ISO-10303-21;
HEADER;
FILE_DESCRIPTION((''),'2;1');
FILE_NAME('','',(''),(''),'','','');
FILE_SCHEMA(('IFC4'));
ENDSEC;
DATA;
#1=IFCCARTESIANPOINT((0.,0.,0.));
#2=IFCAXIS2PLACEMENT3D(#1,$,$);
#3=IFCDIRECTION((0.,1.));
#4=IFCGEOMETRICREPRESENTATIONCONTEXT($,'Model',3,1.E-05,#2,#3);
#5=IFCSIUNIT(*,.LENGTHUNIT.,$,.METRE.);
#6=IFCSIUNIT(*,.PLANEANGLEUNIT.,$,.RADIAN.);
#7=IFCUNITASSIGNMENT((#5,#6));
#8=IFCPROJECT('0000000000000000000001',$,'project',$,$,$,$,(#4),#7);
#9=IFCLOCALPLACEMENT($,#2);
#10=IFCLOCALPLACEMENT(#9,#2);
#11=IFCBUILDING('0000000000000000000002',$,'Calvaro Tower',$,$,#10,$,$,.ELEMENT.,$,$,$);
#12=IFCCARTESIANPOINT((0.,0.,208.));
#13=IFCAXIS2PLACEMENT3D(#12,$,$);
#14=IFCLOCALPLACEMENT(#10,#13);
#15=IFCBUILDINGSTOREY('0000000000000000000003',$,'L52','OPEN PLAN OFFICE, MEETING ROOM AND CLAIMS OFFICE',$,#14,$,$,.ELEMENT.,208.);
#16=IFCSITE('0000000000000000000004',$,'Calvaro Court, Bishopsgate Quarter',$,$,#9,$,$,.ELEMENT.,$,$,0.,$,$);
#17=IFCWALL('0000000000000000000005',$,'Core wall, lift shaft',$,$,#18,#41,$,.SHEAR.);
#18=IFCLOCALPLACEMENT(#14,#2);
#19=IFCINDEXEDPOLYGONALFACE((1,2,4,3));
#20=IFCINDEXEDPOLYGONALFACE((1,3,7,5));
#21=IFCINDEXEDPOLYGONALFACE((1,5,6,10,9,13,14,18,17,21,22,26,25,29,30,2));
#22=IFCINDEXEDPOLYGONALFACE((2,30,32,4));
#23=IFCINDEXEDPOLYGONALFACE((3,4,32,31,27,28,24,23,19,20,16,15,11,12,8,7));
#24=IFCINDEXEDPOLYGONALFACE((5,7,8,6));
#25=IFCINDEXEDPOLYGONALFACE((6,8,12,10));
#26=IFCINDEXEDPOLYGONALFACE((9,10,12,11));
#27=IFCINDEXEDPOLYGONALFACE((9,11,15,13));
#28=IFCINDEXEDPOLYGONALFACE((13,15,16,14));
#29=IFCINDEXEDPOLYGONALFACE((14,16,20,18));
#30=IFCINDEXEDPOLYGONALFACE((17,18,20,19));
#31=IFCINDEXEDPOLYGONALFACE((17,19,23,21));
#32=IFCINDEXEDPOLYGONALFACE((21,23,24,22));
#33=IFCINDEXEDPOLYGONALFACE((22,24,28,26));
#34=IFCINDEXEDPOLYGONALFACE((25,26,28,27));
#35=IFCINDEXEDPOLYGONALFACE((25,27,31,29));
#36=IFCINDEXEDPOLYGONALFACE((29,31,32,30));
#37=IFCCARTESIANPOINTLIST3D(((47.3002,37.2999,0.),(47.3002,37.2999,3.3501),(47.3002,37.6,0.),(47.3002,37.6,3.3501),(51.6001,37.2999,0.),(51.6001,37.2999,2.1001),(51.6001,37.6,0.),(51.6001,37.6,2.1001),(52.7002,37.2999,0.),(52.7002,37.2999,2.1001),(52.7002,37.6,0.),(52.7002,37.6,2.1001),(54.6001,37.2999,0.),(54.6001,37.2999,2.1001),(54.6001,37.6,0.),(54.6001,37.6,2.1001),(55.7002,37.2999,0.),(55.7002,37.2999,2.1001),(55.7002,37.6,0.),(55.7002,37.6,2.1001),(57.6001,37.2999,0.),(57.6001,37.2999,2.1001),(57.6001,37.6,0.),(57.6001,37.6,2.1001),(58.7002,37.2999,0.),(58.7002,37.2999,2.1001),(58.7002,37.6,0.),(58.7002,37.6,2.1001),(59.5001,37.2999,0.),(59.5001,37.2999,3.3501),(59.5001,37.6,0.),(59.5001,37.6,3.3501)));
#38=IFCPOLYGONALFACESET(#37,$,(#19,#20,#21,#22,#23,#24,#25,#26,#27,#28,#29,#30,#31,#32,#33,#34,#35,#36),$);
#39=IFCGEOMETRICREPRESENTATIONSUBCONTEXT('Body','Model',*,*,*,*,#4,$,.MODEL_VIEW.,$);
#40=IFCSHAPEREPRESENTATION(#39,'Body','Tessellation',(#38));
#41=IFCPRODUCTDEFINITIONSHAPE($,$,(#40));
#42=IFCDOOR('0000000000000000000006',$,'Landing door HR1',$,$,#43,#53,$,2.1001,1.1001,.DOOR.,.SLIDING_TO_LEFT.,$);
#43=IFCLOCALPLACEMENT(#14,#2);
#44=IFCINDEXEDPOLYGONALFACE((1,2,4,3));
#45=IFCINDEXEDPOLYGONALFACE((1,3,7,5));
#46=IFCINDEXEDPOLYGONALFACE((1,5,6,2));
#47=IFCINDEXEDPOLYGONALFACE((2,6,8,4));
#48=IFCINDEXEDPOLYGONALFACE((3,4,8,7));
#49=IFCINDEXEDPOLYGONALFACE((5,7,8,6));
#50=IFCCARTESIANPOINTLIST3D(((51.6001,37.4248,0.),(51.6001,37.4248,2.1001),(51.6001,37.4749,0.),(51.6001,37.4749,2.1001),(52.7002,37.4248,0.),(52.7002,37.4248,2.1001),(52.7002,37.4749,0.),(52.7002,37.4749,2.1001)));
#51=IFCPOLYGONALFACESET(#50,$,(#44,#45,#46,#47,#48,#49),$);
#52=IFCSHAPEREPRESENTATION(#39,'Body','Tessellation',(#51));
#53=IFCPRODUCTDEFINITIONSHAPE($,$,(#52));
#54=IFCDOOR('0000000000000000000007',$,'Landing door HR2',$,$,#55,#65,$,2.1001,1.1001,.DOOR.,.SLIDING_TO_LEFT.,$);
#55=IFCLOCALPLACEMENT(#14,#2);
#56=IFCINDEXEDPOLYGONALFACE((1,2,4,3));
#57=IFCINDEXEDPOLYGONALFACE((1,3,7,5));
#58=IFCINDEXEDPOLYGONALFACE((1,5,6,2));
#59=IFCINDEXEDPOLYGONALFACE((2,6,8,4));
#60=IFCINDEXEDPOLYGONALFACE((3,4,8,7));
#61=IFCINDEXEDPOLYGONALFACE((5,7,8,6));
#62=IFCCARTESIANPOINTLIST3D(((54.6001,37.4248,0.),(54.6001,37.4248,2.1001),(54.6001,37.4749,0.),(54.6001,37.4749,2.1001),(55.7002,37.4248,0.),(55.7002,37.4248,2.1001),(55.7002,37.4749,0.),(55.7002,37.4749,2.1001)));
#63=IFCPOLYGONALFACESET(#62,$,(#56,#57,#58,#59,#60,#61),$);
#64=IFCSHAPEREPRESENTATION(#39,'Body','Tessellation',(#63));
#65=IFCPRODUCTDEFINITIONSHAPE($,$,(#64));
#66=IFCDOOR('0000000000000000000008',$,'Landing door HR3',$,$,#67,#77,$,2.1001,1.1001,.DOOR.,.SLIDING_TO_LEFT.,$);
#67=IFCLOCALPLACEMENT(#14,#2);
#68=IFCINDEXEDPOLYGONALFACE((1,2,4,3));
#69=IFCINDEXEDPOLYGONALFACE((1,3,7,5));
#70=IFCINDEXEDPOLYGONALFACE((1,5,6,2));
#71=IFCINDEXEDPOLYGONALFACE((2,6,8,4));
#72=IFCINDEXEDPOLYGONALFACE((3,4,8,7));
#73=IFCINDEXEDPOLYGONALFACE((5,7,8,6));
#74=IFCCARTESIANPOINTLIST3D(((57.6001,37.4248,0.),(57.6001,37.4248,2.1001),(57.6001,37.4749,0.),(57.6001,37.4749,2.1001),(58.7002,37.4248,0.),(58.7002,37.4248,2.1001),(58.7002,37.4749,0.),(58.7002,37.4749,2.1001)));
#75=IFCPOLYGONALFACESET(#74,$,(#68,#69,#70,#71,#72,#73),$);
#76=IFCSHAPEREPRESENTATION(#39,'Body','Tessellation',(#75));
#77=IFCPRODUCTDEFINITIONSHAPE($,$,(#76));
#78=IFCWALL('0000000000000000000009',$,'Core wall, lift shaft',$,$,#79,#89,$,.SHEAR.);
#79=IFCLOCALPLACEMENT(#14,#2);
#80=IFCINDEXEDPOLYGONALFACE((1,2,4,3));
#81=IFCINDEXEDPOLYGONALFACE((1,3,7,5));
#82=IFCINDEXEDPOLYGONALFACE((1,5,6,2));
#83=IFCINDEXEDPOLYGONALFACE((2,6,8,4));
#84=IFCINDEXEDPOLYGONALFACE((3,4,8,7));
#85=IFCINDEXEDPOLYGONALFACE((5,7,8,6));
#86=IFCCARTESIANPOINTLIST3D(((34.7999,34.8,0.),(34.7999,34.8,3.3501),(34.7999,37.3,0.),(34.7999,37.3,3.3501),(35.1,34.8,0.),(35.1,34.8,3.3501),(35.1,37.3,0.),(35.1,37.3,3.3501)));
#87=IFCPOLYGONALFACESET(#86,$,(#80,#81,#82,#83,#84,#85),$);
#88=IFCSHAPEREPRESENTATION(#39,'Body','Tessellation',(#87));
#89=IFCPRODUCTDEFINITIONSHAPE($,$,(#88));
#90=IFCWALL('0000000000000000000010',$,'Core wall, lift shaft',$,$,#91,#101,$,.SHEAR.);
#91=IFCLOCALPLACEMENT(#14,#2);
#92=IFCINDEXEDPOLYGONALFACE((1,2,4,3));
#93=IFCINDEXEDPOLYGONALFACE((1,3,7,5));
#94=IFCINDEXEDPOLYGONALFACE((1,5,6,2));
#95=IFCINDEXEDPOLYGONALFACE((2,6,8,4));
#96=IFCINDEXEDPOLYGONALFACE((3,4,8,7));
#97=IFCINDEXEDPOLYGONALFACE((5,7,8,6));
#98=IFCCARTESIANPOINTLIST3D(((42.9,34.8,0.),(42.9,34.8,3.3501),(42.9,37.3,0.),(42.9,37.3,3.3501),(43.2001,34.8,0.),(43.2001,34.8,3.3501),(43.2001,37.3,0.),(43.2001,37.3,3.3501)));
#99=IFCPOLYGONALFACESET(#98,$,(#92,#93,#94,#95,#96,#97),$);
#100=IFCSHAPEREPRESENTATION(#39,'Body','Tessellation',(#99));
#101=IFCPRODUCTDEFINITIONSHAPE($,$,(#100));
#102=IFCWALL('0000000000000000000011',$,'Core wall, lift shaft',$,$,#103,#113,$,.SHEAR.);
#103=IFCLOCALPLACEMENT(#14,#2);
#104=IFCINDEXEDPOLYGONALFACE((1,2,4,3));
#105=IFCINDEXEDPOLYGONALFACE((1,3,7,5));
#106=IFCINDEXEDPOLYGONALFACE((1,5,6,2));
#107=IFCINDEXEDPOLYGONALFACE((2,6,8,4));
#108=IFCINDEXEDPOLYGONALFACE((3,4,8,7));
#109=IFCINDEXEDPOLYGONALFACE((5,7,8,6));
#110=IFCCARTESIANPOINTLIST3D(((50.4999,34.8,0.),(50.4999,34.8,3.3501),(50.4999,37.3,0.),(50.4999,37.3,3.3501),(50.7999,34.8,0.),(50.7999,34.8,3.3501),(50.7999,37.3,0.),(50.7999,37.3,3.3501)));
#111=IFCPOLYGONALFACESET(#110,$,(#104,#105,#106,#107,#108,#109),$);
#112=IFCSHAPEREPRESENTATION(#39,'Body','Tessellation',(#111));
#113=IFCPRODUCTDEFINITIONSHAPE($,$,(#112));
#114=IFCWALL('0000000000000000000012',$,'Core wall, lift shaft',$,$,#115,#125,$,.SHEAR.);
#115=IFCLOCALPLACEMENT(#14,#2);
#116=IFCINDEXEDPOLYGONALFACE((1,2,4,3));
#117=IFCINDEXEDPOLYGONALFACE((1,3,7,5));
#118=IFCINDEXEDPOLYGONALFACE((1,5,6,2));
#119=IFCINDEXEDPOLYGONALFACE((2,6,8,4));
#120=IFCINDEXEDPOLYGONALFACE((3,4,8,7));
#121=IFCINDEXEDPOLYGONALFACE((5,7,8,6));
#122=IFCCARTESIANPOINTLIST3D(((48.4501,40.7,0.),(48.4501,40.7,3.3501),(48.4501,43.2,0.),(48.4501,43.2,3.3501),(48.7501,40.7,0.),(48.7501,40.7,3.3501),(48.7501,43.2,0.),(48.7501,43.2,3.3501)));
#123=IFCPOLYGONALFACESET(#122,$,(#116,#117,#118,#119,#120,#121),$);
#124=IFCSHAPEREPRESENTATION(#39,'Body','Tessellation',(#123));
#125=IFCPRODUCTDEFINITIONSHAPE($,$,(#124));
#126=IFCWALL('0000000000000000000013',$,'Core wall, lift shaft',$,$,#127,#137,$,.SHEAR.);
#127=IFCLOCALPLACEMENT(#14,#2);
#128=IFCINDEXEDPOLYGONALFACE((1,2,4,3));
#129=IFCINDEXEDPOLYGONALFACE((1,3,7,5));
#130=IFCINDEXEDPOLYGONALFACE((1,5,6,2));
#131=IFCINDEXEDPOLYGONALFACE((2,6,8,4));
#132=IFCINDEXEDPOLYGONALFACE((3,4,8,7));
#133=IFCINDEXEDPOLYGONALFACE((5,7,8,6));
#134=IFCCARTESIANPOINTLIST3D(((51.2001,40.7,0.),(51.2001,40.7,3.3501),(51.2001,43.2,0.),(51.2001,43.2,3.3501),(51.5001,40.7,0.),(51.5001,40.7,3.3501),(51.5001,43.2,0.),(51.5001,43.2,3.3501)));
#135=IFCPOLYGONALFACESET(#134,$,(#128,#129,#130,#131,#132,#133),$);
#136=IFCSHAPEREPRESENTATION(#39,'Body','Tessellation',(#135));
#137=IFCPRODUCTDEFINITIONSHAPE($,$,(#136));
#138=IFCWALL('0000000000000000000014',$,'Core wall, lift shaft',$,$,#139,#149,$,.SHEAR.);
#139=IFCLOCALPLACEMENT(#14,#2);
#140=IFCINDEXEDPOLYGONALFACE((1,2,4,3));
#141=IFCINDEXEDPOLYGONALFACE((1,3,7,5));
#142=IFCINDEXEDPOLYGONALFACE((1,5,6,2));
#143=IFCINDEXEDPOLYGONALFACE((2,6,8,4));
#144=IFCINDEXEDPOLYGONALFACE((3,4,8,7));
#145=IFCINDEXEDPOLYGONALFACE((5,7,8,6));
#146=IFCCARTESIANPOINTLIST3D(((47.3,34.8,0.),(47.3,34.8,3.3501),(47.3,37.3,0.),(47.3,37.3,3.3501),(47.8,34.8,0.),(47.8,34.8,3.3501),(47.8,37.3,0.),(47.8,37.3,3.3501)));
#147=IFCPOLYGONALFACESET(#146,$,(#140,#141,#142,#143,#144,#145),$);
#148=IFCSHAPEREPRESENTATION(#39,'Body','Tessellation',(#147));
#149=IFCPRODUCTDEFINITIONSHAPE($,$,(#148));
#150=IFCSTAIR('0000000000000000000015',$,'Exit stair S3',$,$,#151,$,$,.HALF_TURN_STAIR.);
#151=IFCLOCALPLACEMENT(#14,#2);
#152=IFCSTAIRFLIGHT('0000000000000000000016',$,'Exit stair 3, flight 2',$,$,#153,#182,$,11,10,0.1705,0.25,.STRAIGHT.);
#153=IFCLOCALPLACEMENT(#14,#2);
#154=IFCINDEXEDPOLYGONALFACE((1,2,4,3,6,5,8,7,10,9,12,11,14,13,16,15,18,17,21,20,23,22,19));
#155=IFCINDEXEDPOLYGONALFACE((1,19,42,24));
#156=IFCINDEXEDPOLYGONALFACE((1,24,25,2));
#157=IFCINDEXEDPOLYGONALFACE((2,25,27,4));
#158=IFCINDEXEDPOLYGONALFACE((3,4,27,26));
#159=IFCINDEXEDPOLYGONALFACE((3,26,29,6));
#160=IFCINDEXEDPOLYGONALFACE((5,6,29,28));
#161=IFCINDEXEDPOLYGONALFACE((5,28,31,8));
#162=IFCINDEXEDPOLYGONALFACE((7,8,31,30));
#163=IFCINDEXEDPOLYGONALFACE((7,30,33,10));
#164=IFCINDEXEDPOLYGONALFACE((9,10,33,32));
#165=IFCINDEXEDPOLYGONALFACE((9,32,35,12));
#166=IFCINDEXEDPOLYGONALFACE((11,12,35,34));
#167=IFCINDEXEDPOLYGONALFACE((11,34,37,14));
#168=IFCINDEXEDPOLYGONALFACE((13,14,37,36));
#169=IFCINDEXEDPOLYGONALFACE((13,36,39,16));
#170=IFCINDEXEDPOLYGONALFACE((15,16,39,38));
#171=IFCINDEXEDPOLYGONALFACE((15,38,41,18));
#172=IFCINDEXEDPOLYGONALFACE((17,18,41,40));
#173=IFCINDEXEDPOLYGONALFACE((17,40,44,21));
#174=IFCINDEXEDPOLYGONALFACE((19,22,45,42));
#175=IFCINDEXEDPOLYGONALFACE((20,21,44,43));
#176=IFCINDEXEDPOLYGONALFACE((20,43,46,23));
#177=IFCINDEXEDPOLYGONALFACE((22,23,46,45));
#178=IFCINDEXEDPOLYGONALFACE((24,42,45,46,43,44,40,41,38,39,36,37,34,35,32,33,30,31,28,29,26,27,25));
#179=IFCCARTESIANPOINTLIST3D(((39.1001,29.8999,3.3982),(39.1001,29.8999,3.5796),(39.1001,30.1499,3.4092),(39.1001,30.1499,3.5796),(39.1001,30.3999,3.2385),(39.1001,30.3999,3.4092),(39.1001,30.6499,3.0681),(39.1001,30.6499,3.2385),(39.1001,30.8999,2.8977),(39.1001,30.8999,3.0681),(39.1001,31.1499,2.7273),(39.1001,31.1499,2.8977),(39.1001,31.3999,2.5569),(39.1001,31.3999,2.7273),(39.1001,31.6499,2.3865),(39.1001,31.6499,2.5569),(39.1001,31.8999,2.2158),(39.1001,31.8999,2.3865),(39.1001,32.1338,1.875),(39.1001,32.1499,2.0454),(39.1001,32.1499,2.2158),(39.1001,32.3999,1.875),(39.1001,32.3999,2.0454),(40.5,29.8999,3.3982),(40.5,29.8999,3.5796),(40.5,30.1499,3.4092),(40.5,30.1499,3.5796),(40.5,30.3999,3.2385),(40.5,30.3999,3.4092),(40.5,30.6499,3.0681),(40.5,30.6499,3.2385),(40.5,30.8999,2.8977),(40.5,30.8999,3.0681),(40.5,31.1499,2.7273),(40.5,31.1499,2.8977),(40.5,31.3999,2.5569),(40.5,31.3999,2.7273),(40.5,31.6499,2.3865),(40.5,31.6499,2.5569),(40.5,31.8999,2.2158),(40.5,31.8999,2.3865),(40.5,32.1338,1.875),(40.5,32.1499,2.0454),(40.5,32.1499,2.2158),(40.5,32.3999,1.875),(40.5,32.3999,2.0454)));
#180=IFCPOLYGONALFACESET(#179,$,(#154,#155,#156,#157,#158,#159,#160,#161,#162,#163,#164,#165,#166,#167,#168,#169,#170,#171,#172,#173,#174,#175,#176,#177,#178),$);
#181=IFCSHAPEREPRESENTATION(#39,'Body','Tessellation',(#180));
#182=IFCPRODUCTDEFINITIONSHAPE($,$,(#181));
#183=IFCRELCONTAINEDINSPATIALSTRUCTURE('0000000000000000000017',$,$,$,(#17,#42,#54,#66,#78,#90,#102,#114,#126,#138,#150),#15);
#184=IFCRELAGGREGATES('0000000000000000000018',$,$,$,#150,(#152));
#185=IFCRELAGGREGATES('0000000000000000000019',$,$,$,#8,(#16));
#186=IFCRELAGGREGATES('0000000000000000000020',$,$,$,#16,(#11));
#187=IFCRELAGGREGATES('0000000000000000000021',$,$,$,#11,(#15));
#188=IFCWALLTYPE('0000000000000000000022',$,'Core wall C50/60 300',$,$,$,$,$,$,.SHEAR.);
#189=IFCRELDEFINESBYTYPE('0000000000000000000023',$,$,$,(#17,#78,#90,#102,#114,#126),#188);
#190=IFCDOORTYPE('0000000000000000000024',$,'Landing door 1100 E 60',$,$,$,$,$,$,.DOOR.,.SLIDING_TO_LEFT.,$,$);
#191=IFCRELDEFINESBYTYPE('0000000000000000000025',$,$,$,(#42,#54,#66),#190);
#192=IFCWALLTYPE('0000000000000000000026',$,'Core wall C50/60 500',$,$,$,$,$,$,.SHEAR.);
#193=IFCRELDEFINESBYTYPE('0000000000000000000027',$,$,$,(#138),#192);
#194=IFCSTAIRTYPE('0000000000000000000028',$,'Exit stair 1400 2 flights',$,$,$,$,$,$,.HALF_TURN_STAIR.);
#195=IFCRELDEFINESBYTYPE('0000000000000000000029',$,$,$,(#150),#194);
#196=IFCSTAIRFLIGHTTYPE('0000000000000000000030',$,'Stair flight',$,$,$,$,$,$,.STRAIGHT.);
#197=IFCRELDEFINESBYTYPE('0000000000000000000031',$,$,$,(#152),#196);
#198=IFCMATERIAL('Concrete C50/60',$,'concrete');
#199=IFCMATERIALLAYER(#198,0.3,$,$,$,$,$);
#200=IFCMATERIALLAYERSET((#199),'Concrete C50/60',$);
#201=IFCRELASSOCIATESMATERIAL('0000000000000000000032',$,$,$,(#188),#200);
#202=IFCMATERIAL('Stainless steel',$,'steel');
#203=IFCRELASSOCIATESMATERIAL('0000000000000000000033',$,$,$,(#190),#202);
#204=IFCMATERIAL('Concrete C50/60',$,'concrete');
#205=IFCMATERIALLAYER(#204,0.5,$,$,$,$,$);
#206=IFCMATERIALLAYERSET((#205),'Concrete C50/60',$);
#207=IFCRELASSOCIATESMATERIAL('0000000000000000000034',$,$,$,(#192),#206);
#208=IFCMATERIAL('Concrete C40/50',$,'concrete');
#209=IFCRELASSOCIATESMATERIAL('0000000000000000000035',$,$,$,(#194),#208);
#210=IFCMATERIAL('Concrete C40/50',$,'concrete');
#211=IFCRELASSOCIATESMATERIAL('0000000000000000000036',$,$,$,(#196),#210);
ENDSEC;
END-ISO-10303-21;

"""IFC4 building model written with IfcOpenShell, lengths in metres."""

from ifc_helpers import new_model, si_unit, direction, frame, frame_2d, origin, place, context, subcontext, project, spatial, polyline, rectangle, outline, extrude, material, layer, layer_set, type_object, element, fill, aggregate, save


model = new_model("IFC4")

# Units and contexts
model_context = context("Model", 3, precision=1e-05, world=origin(), true_north=direction((0.0, 1.0)))
body_context = subcontext(model_context, "Body", "Model", "MODEL_VIEW")
ifc_project = project(units=[si_unit("LENGTHUNIT", "METRE"), si_unit("PLANEANGLEUNIT", "RADIAN")], contexts=[model_context])

# Site, building, storey
site_placement = place(None, origin())
site = spatial("IfcSite", under=ifc_project, at=site_placement, Name="Calvaro Court, Bishopsgate Quarter", CompositionType="ELEMENT", RefElevation=0.0)
building_placement = place(site_placement, origin())
building = spatial("IfcBuilding", under=site, at=building_placement, Name="Calvaro Tower", CompositionType="ELEMENT")
storey_placement = place(building_placement, frame((0.0, 0.0, 208.0)))
storey = spatial("IfcBuildingStorey", under=building, at=storey_placement, Name="L52", Description="OPEN PLAN OFFICE, MEETING ROOM AND CLAIMS OFFICE", CompositionType="ELEMENT", Elevation=208.0)

# Shared definitions
ifc_material_1 = material(Name="Concrete C50/60", Category="concrete")
ifc_layer_1 = layer(ifc_material_1, 0.3)
ifc_layer_set_1 = layer_set([ifc_layer_1], Name="Concrete C50/60")
wall_type_1 = type_object("IfcWallType", Name="Core wall C50/60 300", PredefinedType="SHEAR", material=ifc_layer_set_1)
ifc_material_2 = material(Name="Stainless steel", Category="steel")
door_type_1 = type_object("IfcDoorType", Name="Landing door 1100 E 60", OperationType="SLIDING_TO_LEFT", PredefinedType="DOOR", material=ifc_material_2)

# Wall, openings, doors
wall_1_placement = place(storey_placement, frame((47.3, 37.45, 0.0), z_axis=(0.0, 0.0, 1.0), x_axis=(1.0, 0.0, 0.0)))
wall_1 = element("IfcWall", 1, at=wall_1_placement, inside=storey, type_object=wall_type_1, Name="Core wall, lift shaft", PredefinedType="SHEAR", context=body_context, shape_type="SweptSolid", body=[
    extrude(rectangle(XDim=12.2, YDim=0.3, at=frame_2d((6.1001, 0.0))), origin(), (0.0, 0.0, 1.0), 3.3501),
])
opening_1_placement = place(wall_1_placement, frame((4.3, 0.0, 0.0)))
opening_1 = element("IfcOpeningElement", 2, at=opening_1_placement, cuts=wall_1, PredefinedType="OPENING", context=body_context, shape_type="SweptSolid", body=[
    extrude(rectangle(XDim=1.1001, YDim=2.1001, at=frame_2d((0.55, 1.05))), frame((0.0, 0.1599, 0.0), z_axis=(0.0, -1.0, 0.0), x_axis=(1.0, 0.0, 0.0)), (0.0, 0.0, 1.0), 0.3201),
])
opening_2_placement = place(wall_1_placement, frame((7.3, 0.0, 0.0)))
opening_2 = element("IfcOpeningElement", 3, at=opening_2_placement, cuts=wall_1, PredefinedType="OPENING", context=body_context, shape_type="SweptSolid", body=[
    extrude(rectangle(XDim=1.1001, YDim=2.1001, at=frame_2d((0.55, 1.05))), frame((0.0, 0.1599, 0.0), z_axis=(0.0, -1.0, 0.0), x_axis=(1.0, 0.0, 0.0)), (0.0, 0.0, 1.0), 0.3201),
])
opening_3_placement = place(wall_1_placement, frame((10.3, 0.0, 0.0)))
opening_3 = element("IfcOpeningElement", 4, at=opening_3_placement, cuts=wall_1, PredefinedType="OPENING", context=body_context, shape_type="SweptSolid", body=[
    extrude(rectangle(XDim=1.1001, YDim=2.1001, at=frame_2d((0.55, 1.05))), frame((0.0, 0.1599, 0.0), z_axis=(0.0, -1.0, 0.0), x_axis=(1.0, 0.0, 0.0)), (0.0, 0.0, 1.0), 0.3201),
])
door_1_placement = place(opening_1_placement, origin())
door_1 = element("IfcDoor", 5, at=door_1_placement, inside=storey, type_object=door_type_1, Name="Landing door HR1", OperationType="SLIDING_TO_LEFT", OverallHeight=2.1001, OverallWidth=1.1001, PredefinedType="DOOR", context=body_context, shape_type="SweptSolid", body=[
    extrude(rectangle(XDim=1.1001, YDim=2.1001, at=frame_2d((0.55, 1.05))), frame((0.0, 0.0249, 0.0), z_axis=(0.0, -1.0, 0.0), x_axis=(1.0, 0.0, 0.0)), (0.0, 0.0, 1.0), 0.05),
])
fill(opening_1, door_1)
door_2_placement = place(opening_2_placement, origin())
door_2 = element("IfcDoor", 6, at=door_2_placement, inside=storey, type_object=door_type_1, Name="Landing door HR2", OperationType="SLIDING_TO_LEFT", OverallHeight=2.1001, OverallWidth=1.1001, PredefinedType="DOOR", context=body_context, shape_type="SweptSolid", body=[
    extrude(rectangle(XDim=1.1001, YDim=2.1001, at=frame_2d((0.55, 1.05))), frame((0.0, 0.0249, 0.0), z_axis=(0.0, -1.0, 0.0), x_axis=(1.0, 0.0, 0.0)), (0.0, 0.0, 1.0), 0.05),
])
fill(opening_2, door_2)
door_3_placement = place(opening_3_placement, origin())
door_3 = element("IfcDoor", 7, at=door_3_placement, inside=storey, type_object=door_type_1, Name="Landing door HR3", OperationType="SLIDING_TO_LEFT", OverallHeight=2.1001, OverallWidth=1.1001, PredefinedType="DOOR", context=body_context, shape_type="SweptSolid", body=[
    extrude(rectangle(XDim=1.1001, YDim=2.1001, at=frame_2d((0.55, 1.05))), frame((0.0, 0.0249, 0.0), z_axis=(0.0, -1.0, 0.0), x_axis=(1.0, 0.0, 0.0)), (0.0, 0.0, 1.0), 0.05),
])
fill(opening_3, door_3)

# Walls
for number, where, z_axis, x_axis, name in (
    (8, (34.95, 34.8, 0.0), (0.0, 0.0, 1.0), (0.0, 1.0, 0.0), "Core wall, lift shaft"),
    (9, (43.05, 34.8, 0.0), (0.0, 0.0, 1.0), (0.0, 1.0, 0.0), "Core wall, lift shaft"),
    (10, (50.6499, 34.8, 0.0), (0.0, 0.0, 1.0), (0.0, 1.0, 0.0), "Core wall, lift shaft"),
    (11, (48.6001, 40.7, 0.0), (0.0, 0.0, 1.0), (0.0, 1.0, 0.0), "Core wall, lift shaft"),
    (12, (51.3501, 40.7, 0.0), (0.0, 0.0, 1.0), (0.0, 1.0, 0.0), "Core wall, lift shaft"),
):
    element("IfcWall", number, at=place(storey_placement, frame(where, z_axis=z_axis, x_axis=x_axis)), inside=storey, type_object=wall_type_1, Name=name, PredefinedType="SHEAR", context=body_context, shape_type="SweptSolid", body=[
        extrude(rectangle(XDim=2.5, YDim=0.3, at=frame_2d((1.25, 0.0))), origin(), (0.0, 0.0, 1.0), 3.3501),
    ])
ifc_material_3 = material(Name="Concrete C50/60", Category="concrete")
ifc_layer_2 = layer(ifc_material_3, 0.5)
ifc_layer_set_2 = layer_set([ifc_layer_2], Name="Concrete C50/60")
wall_type_2 = type_object("IfcWallType", Name="Core wall C50/60 500", PredefinedType="SHEAR", material=ifc_layer_set_2)
wall_2_placement = place(storey_placement, frame((47.55, 34.8, 0.0), z_axis=(0.0, 0.0, 1.0), x_axis=(0.0, 1.0, 0.0)))
element("IfcWall", 13, at=wall_2_placement, inside=storey, type_object=wall_type_2, Name="Core wall, lift shaft", PredefinedType="SHEAR", context=body_context, shape_type="SweptSolid", body=[
    extrude(rectangle(XDim=2.5, YDim=0.5, at=frame_2d((1.25, 0.0))), origin(), (0.0, 0.0, 1.0), 3.3501),
])

# Stair, stair flight
ifc_material_4 = material(Name="Concrete C40/50", Category="concrete")
stair_type = type_object("IfcStairType", Name="Exit stair 1400 2 flights", PredefinedType="HALF_TURN_STAIR", material=ifc_material_4)
stair_1_placement = place(storey_placement, origin())
stair_1 = element("IfcStair", 14, at=stair_1_placement, inside=storey, type_object=stair_type, Name="Exit stair S3", PredefinedType="HALF_TURN_STAIR")
ifc_material_5 = material(Name="Concrete C40/50", Category="concrete")
stair_flight_type = type_object("IfcStairFlightType", Name="Stair flight", PredefinedType="STRAIGHT", material=ifc_material_5)
stair_flight_1_placement = place(storey_placement, frame((39.8, 32.3999, 1.875), z_axis=(0.0, 0.0, 1.0), x_axis=(0.0, -1.0, 0.0)))
stair_flight_1 = element("IfcStairFlight", 15, at=stair_flight_1_placement, type_object=stair_flight_type, Name="Exit stair 3, flight 2", NumberOfRisers=11, NumberOfTreads=10, PredefinedType="STRAIGHT", RiserHeight=0.1705, TreadLength=0.25, context=body_context, shape_type="SweptSolid", body=[
    extrude(outline(polyline([(0.0, 0.0), (0.0, 0.1704), (0.25, 0.1704), (0.25, 0.3408), (0.5, 0.3408), (0.5, 0.5115), (0.75, 0.5115), (0.75, 0.6819), (1.0, 0.6819), (1.0, 0.8523), (1.25, 0.8523), (1.25, 1.0227), (1.5, 1.0227), (1.5, 1.1931), (1.75, 1.1931), (1.75, 1.3635), (2.0, 1.3635), (2.0, 1.5342), (2.25, 1.5342), (2.25, 1.7046), (2.5, 1.7046), (2.5, 1.875), (2.5, 1.5232), (0.2661, 0.0), (0.0, 0.0)])), frame((0.0, 0.7, 0.0), z_axis=(0.0, -1.0, 0.0), x_axis=(1.0, 0.0, 0.0)), (0.0, 0.0, 1.0), 1.3999),
])

aggregate(stair_1, [stair_flight_1])

save(model, "model.ifc")
